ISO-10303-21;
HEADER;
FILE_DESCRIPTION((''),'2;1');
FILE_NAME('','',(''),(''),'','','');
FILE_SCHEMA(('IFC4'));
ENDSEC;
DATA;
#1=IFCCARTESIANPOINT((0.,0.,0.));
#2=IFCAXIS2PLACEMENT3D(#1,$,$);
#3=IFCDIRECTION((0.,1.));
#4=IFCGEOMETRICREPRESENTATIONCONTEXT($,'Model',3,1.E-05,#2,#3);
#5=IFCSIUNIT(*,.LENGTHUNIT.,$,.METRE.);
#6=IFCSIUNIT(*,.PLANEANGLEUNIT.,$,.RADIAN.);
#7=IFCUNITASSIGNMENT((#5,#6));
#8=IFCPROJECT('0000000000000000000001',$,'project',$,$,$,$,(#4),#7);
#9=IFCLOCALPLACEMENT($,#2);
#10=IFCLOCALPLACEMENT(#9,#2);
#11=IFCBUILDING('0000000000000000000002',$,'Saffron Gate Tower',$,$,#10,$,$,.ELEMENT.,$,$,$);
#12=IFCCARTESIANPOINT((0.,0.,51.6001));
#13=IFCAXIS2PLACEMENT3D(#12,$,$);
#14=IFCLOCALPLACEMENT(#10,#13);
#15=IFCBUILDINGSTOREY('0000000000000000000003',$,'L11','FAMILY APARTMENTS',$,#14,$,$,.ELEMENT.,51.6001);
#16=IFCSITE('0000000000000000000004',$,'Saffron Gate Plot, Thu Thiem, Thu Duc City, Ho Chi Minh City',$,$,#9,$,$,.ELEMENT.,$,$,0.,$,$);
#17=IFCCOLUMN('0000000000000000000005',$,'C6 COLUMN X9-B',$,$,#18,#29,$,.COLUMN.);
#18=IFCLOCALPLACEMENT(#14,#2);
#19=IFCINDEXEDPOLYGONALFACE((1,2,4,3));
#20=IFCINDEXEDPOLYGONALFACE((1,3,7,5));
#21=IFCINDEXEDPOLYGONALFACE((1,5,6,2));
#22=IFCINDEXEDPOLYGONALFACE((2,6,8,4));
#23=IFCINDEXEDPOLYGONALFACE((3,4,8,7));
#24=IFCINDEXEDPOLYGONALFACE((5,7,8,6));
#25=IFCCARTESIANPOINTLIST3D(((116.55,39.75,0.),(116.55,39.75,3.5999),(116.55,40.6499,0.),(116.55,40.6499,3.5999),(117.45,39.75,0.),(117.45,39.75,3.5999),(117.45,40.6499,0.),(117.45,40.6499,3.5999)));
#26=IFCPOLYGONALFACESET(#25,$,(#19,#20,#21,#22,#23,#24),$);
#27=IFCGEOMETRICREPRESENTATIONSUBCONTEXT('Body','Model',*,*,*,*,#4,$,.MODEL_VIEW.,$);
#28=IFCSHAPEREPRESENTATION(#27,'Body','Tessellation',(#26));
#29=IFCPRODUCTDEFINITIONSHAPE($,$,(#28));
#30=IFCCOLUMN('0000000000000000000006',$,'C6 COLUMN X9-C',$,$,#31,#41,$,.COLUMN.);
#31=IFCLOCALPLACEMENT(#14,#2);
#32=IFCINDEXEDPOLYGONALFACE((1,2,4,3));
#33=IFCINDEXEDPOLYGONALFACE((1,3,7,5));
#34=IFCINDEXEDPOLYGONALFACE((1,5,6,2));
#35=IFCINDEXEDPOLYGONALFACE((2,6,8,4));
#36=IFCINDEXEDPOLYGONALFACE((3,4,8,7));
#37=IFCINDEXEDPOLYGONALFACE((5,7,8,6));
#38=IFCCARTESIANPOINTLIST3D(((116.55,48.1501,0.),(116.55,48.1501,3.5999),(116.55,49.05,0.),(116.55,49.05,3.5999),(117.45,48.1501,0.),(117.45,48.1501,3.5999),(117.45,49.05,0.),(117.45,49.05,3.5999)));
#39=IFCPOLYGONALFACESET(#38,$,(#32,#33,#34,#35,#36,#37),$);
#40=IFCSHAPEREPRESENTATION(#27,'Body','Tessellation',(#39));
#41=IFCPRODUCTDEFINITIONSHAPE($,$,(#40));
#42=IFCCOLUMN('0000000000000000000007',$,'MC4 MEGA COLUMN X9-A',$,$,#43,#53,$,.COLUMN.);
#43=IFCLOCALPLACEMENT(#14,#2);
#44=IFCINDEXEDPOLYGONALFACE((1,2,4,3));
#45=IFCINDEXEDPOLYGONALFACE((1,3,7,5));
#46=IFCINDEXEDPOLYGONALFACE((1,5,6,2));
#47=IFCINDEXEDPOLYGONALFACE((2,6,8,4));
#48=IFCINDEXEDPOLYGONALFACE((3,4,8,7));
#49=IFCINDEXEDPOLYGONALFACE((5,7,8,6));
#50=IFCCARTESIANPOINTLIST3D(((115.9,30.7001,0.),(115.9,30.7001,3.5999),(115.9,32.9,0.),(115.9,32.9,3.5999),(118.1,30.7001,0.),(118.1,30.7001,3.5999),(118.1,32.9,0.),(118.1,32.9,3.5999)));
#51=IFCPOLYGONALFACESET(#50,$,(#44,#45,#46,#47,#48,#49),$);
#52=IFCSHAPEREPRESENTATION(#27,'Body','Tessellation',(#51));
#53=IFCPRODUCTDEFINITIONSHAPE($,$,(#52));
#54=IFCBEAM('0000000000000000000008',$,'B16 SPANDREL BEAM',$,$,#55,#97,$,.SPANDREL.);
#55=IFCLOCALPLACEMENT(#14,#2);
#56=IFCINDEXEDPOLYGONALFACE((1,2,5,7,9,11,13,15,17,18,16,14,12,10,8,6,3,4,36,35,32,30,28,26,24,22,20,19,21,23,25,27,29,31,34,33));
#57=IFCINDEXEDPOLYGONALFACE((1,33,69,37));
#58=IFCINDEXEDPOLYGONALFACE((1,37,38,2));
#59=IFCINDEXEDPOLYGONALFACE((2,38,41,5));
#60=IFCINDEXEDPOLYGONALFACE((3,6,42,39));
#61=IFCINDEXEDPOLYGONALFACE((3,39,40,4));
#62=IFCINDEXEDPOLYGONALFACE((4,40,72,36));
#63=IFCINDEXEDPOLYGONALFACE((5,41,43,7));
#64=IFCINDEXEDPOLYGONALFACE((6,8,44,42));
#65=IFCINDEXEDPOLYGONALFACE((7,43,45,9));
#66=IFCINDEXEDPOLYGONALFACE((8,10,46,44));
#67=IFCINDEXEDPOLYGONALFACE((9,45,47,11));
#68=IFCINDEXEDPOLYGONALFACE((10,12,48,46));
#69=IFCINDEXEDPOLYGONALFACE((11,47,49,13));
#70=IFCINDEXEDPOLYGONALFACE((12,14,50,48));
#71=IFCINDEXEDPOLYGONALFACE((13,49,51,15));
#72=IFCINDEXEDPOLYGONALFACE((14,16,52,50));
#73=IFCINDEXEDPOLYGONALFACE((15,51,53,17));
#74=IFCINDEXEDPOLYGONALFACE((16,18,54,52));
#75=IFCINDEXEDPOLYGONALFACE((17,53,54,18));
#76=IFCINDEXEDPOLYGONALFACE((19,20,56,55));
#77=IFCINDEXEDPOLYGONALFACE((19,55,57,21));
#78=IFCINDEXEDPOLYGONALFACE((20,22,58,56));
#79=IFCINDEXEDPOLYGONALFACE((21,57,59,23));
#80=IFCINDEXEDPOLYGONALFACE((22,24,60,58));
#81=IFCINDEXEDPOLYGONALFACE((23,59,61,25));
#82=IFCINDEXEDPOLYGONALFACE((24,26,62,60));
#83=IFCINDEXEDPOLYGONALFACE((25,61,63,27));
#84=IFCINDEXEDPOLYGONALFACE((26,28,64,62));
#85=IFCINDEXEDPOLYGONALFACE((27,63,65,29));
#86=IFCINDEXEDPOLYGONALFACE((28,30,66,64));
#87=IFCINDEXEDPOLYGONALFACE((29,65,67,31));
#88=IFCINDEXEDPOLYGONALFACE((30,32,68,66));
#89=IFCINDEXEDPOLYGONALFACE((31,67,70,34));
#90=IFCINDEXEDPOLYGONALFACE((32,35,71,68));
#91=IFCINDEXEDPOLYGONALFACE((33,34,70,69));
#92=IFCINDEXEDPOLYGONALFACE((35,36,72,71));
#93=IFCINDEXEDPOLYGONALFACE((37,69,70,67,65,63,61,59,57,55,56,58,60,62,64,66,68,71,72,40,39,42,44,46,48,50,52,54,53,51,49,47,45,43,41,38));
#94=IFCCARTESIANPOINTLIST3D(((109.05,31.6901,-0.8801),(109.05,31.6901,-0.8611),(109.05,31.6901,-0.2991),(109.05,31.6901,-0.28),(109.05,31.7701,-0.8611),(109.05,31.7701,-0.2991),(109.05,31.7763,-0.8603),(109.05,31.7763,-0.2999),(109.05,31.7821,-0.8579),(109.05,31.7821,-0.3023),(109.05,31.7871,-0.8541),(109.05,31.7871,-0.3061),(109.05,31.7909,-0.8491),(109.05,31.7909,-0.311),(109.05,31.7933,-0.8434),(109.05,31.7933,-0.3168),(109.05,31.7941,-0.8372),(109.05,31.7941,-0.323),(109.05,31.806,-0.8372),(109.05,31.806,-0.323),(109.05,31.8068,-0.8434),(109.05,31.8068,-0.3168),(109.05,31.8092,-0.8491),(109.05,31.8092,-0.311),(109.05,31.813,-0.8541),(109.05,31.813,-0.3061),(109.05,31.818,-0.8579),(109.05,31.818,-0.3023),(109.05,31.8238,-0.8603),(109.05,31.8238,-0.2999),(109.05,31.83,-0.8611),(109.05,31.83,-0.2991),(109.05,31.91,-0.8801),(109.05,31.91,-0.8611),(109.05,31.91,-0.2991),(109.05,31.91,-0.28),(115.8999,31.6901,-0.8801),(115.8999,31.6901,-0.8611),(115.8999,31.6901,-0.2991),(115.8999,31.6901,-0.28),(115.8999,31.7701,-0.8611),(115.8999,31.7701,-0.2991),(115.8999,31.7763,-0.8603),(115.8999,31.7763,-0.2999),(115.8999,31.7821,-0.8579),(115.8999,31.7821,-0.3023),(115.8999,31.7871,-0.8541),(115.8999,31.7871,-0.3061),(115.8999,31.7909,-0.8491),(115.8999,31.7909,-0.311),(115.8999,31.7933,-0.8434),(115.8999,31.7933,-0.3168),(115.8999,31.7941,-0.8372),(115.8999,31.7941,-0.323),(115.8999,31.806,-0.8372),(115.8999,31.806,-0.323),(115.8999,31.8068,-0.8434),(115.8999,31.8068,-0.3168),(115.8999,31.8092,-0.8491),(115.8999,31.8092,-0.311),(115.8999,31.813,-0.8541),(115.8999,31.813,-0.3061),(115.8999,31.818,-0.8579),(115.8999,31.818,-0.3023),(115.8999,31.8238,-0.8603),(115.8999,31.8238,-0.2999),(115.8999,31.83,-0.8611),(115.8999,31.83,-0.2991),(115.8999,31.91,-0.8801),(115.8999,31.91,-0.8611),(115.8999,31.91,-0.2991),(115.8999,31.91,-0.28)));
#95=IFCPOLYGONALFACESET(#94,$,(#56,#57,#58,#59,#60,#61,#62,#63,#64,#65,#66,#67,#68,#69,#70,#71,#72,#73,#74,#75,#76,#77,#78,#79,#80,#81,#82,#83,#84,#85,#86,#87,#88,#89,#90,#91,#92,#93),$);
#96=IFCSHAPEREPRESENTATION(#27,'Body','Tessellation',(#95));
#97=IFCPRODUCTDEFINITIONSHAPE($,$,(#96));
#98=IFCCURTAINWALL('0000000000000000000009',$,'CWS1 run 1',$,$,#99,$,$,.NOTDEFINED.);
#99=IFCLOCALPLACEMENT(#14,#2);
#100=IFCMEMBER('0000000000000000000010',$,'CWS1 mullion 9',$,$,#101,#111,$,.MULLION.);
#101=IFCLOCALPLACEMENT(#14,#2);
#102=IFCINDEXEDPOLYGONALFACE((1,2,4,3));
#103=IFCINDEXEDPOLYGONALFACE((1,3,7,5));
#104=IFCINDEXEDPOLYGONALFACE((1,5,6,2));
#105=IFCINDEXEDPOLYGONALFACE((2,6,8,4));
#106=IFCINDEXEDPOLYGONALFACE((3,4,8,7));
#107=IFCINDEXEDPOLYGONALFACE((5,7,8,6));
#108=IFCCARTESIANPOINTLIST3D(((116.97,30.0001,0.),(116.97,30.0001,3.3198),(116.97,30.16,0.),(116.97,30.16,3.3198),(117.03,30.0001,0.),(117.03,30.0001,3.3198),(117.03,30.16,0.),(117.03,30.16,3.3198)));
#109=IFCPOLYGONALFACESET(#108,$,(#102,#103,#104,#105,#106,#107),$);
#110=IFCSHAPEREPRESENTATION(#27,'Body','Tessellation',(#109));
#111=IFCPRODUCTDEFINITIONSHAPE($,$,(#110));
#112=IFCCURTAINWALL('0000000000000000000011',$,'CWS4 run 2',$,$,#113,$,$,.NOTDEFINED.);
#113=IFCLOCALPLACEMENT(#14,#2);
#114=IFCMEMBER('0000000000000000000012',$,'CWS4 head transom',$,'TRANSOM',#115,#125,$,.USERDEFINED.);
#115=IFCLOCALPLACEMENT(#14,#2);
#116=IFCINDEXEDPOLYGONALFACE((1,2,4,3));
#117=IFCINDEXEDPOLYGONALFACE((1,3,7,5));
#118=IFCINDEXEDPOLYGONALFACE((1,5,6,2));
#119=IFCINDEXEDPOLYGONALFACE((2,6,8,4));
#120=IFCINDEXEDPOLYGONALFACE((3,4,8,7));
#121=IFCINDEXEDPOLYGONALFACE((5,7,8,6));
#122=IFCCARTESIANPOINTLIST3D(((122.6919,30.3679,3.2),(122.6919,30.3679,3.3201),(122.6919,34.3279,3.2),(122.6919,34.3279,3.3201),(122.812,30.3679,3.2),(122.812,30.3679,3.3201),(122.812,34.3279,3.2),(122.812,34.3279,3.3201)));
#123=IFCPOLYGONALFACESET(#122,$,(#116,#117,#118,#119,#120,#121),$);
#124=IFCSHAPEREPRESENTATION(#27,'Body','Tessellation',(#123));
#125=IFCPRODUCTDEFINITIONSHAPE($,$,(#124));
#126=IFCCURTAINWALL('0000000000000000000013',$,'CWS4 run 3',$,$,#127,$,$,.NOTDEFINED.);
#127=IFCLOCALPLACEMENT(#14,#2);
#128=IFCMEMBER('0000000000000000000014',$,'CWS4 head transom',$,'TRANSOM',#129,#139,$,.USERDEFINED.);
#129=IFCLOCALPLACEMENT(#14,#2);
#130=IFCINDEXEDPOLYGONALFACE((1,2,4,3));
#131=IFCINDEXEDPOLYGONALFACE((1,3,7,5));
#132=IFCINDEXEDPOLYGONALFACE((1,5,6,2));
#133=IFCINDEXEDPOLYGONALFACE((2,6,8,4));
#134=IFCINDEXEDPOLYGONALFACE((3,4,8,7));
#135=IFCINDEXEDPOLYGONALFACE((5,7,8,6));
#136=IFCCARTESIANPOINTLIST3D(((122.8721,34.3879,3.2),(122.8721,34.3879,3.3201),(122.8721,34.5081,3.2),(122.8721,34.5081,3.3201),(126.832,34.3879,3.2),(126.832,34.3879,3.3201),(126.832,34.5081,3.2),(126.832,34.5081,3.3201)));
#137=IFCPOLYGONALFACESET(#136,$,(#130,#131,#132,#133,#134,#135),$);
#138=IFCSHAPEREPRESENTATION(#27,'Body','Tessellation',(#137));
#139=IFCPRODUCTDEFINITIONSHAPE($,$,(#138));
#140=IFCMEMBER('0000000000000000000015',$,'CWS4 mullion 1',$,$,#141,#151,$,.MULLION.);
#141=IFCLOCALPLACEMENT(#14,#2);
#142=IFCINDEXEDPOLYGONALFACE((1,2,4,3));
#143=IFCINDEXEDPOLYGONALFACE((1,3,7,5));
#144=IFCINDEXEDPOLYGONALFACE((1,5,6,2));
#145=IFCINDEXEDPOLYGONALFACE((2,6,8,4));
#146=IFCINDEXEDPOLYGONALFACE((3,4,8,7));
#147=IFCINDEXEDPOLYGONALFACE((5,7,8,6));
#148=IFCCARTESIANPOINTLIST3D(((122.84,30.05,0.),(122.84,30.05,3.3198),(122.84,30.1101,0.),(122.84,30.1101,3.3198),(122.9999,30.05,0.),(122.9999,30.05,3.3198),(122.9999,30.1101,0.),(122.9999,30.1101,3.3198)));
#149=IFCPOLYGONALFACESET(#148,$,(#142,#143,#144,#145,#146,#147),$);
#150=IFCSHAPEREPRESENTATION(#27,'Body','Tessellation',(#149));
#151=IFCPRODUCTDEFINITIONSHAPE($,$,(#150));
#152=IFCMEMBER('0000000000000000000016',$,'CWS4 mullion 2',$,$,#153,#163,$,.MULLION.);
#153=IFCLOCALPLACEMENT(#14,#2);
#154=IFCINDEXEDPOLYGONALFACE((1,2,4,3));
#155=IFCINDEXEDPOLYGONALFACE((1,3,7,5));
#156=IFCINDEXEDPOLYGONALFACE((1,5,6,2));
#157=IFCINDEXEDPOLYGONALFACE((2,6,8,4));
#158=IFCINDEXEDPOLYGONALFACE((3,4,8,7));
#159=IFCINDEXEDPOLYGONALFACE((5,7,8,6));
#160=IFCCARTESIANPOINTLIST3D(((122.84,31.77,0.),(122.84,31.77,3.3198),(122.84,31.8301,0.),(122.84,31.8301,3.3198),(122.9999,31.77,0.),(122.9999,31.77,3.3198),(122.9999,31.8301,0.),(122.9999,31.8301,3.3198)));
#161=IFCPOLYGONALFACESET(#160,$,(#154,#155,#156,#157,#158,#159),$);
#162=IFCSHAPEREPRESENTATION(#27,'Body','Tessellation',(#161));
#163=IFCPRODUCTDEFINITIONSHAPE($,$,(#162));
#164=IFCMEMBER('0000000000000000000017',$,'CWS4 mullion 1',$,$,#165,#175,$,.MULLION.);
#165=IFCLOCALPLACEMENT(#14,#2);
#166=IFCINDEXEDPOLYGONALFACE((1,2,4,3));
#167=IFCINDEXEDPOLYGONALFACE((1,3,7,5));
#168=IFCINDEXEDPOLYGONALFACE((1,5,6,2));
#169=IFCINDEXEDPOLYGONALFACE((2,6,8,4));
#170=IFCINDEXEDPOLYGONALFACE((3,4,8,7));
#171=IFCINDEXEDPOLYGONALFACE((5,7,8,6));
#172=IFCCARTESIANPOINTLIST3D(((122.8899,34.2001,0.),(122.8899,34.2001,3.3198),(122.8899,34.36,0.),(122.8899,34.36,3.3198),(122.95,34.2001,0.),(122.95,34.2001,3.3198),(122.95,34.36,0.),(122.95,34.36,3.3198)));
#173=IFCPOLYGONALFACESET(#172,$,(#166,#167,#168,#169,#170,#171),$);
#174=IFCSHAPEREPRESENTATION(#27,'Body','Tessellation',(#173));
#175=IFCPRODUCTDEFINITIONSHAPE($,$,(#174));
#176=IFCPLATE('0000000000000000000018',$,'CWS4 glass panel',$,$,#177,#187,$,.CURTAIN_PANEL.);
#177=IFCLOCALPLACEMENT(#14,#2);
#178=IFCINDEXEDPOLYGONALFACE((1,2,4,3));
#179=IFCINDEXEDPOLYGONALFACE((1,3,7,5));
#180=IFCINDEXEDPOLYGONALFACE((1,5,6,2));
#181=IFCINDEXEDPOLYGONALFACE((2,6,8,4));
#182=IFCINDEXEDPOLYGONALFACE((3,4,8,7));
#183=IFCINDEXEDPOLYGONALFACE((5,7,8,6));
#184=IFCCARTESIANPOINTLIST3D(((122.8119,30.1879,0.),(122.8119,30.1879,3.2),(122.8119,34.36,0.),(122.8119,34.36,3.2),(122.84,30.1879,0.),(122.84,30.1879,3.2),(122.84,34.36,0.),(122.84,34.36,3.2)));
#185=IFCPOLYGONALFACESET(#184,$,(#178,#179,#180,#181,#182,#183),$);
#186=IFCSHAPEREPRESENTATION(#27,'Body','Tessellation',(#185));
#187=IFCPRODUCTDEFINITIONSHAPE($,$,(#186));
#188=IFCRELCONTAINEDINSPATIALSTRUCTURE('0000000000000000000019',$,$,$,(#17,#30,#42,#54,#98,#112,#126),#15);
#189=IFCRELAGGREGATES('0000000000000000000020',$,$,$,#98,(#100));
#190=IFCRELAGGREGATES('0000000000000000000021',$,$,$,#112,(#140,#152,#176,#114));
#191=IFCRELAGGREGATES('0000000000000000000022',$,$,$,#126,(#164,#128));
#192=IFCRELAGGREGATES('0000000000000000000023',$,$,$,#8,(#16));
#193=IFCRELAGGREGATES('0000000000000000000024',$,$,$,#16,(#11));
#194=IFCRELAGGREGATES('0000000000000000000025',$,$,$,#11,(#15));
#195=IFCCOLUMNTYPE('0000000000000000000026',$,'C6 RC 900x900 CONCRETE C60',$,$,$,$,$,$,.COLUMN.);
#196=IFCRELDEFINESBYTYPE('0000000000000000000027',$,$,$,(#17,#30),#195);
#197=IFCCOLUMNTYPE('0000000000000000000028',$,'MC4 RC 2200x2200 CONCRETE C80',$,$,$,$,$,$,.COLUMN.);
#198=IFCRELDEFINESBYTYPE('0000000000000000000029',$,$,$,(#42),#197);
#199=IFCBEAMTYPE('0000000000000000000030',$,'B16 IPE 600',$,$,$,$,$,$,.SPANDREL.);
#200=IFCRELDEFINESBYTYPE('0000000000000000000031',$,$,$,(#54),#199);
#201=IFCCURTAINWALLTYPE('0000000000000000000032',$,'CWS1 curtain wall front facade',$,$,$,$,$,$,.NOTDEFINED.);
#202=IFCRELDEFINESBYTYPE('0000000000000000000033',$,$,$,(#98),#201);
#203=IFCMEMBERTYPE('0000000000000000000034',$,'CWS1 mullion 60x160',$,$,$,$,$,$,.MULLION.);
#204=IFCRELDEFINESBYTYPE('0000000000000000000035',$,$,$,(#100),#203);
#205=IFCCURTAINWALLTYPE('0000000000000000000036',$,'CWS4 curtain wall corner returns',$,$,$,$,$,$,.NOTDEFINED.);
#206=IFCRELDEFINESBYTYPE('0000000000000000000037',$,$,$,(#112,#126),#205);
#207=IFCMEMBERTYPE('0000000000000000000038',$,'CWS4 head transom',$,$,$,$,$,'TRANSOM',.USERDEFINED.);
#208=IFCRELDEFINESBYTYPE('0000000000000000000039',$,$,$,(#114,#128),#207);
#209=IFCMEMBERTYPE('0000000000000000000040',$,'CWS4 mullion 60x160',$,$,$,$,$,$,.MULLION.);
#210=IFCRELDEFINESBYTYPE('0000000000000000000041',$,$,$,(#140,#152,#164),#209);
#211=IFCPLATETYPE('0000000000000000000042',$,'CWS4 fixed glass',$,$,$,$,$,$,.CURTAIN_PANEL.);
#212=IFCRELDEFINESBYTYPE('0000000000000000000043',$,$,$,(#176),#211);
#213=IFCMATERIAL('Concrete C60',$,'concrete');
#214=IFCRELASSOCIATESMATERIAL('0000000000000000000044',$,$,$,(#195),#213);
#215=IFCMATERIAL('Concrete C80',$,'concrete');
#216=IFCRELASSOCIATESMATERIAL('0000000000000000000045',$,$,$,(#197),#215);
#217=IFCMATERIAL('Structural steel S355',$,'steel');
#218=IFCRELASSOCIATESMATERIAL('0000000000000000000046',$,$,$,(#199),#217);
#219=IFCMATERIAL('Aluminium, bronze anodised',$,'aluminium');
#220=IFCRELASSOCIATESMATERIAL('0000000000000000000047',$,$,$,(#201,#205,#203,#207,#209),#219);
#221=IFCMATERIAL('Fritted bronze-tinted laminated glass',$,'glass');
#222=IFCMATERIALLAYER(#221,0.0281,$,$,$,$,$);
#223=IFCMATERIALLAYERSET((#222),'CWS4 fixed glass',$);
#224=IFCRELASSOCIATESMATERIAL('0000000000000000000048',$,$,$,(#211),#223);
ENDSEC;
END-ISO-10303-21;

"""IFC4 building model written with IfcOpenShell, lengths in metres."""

from ifc_helpers import new_model, si_unit, direction, frame, frame_2d, origin, origin_2d, place, context, subcontext, project, spatial, rectangle, i_section, extrude, material, layer, layer_set, material_profile, profile_set, type_object, element, aggregate, save


model = new_model("IFC4")

# Units and contexts
model_context = context("Model", 3, precision=1e-05, world=origin(), true_north=direction((0.0, 1.0)))
body_context = subcontext(model_context, "Body", "Model", "MODEL_VIEW")
ifc_project = project(units=[si_unit("LENGTHUNIT", "METRE"), si_unit("PLANEANGLEUNIT", "RADIAN")], contexts=[model_context])

# Site, building, storey
site_placement = place(None, origin())
site = spatial("IfcSite", under=ifc_project, at=site_placement, Name="Saffron Gate Plot, Thu Thiem, Thu Duc City, Ho Chi Minh City", CompositionType="ELEMENT", RefElevation=0.0)
building_placement = place(site_placement, origin())
building = spatial("IfcBuilding", under=site, at=building_placement, Name="Saffron Gate Tower", CompositionType="ELEMENT")
storey_placement = place(building_placement, frame((0.0, 0.0, 51.6001)))
storey = spatial("IfcBuildingStorey", under=building, at=storey_placement, Name="L11", Description="FAMILY APARTMENTS", CompositionType="ELEMENT", Elevation=51.6001)

# Columns
ifc_material_1 = material(Name="Concrete C60", Category="concrete")
ifc_material_profile_1 = material_profile(ifc_material_1, rectangle(XDim=0.8999, YDim=0.8999, at=origin_2d()))
ifc_profile_set_1 = profile_set([ifc_material_profile_1], Name="Concrete C60")
column_type_1 = type_object("IfcColumnType", Name="C6 RC 900x900 CONCRETE C60", PredefinedType="COLUMN", material=ifc_profile_set_1)
for number, where, z_axis, x_axis, name in (
    (1, (117.0, 40.2, 0.0), (0.0, 0.0, 1.0), (1.0, 0.0, 0.0), "C6 COLUMN X9-B"),
    (2, (117.0, 48.6001, 0.0), (0.0, 0.0, 1.0), (1.0, 0.0, 0.0), "C6 COLUMN X9-C"),
):
    element("IfcColumn", number, at=place(storey_placement, frame(where, z_axis=z_axis, x_axis=x_axis)), inside=storey, type_object=column_type_1, Name=name, PredefinedType="COLUMN", context=body_context, shape_type="SweptSolid", body=[
        extrude(rectangle(XDim=0.8999, YDim=0.8999, at=origin_2d()), origin(), (0.0, 0.0, 1.0), 3.5999),
    ])
ifc_material_2 = material(Name="Concrete C80", Category="concrete")
ifc_material_profile_2 = material_profile(ifc_material_2, rectangle(XDim=2.2, YDim=2.2, at=origin_2d()))
ifc_profile_set_2 = profile_set([ifc_material_profile_2], Name="Concrete C80")
column_type_2 = type_object("IfcColumnType", Name="MC4 RC 2200x2200 CONCRETE C80", PredefinedType="COLUMN", material=ifc_profile_set_2)
column_placement = place(storey_placement, frame((117.0, 31.8, 0.0), z_axis=(0.0, 0.0, 1.0), x_axis=(1.0, 0.0, 0.0)))
element("IfcColumn", 3, at=column_placement, inside=storey, type_object=column_type_2, Name="MC4 MEGA COLUMN X9-A", PredefinedType="COLUMN", context=body_context, shape_type="SweptSolid", body=[
    extrude(rectangle(XDim=2.2, YDim=2.2, at=origin_2d()), origin(), (0.0, 0.0, 1.0), 3.5999),
])

# Beam
ifc_material_3 = material(Name="Structural steel S355", Category="steel")
ifc_material_profile_3 = material_profile(ifc_material_3, i_section(OverallWidth=0.22, OverallDepth=0.6001, WebThickness=0.012, FlangeThickness=0.019, FilletRadius=0.0239, at=origin_2d()))
ifc_profile_set_3 = profile_set([ifc_material_profile_3], Name="Structural steel S355")
beam_type = type_object("IfcBeamType", Name="B16 IPE 600", PredefinedType="SPANDREL", material=ifc_profile_set_3)
beam_placement = place(storey_placement, frame((109.05, 31.8, -0.5801), z_axis=(1.0, 0.0, 0.0), x_axis=(0.0, 1.0, 0.0)))
element("IfcBeam", 4, at=beam_placement, inside=storey, type_object=beam_type, Name="B16 SPANDREL BEAM", PredefinedType="SPANDREL", context=body_context, shape_type="SweptSolid", body=[
    extrude(i_section(OverallWidth=0.22, OverallDepth=0.6001, WebThickness=0.012, FlangeThickness=0.019, FilletRadius=0.0239, at=origin_2d()), origin(), (0.0, 0.0, 1.0), 6.8499),
])

# Curtain walls, members
ifc_material_4 = material(Name="Aluminium, bronze anodised", Category="aluminium")
curtain_wall_type_1 = type_object("IfcCurtainWallType", Name="CWS1 curtain wall front facade", PredefinedType="NOTDEFINED", material=ifc_material_4)
curtain_wall_1_placement = place(storey_placement, origin())
curtain_wall_1 = element("IfcCurtainWall", 5, at=curtain_wall_1_placement, inside=storey, type_object=curtain_wall_type_1, Name="CWS1 run 1", PredefinedType="NOTDEFINED")
ifc_material_profile_4 = material_profile(ifc_material_4, rectangle(XDim=0.1599, YDim=0.0601, at=origin_2d()))
ifc_profile_set_4 = profile_set([ifc_material_profile_4], Name="Aluminium, bronze anodised")
member_type_1 = type_object("IfcMemberType", Name="CWS1 mullion 60x160", PredefinedType="MULLION", material=ifc_profile_set_4)
member_1_placement = place(storey_placement, frame((117.0, 30.0801, 0.0), z_axis=(0.0, 0.0, 1.0), x_axis=(0.0, 1.0, 0.0)))
member_1 = element("IfcMember", 6, at=member_1_placement, type_object=member_type_1, Name="CWS1 mullion 9", PredefinedType="MULLION", context=body_context, shape_type="SweptSolid", body=[
    extrude(rectangle(XDim=0.1599, YDim=0.0601, at=origin_2d()), origin(), (0.0, 0.0, 1.0), 3.3198),
])
aggregate(curtain_wall_1, [member_1])
curtain_wall_type_2 = type_object("IfcCurtainWallType", Name="CWS4 curtain wall corner returns", PredefinedType="NOTDEFINED", material=ifc_material_4)
curtain_wall_2_placement = place(storey_placement, origin())
curtain_wall_2 = element("IfcCurtainWall", 7, at=curtain_wall_2_placement, inside=storey, type_object=curtain_wall_type_2, Name="CWS4 run 2", PredefinedType="NOTDEFINED")
ifc_material_profile_5 = material_profile(ifc_material_4, rectangle(XDim=0.1201, YDim=0.1201, at=origin_2d()))
ifc_profile_set_5 = profile_set([ifc_material_profile_5], Name="Aluminium, bronze anodised")
member_type_2 = type_object("IfcMemberType", Name="CWS4 head transom", ElementType="TRANSOM", PredefinedType="USERDEFINED", material=ifc_profile_set_5)
member_2_placement = place(storey_placement, frame((122.752, 30.3679, 3.26), z_axis=(0.0, 1.0, 0.0), x_axis=(-1.0, 0.0, 0.0)))
member_2 = element("IfcMember", 8, at=member_2_placement, type_object=member_type_2, Name="CWS4 head transom", ObjectType="TRANSOM", PredefinedType="USERDEFINED", context=body_context, shape_type="SweptSolid", body=[
    extrude(rectangle(XDim=0.1201, YDim=0.1201, at=origin_2d()), origin(), (0.0, 0.0, 1.0), 3.96),
])
curtain_wall_3_placement = place(storey_placement, origin())
curtain_wall_3 = element("IfcCurtainWall", 9, at=curtain_wall_3_placement, inside=storey, type_object=curtain_wall_type_2, Name="CWS4 run 3", PredefinedType="NOTDEFINED")
member_3_placement = place(storey_placement, frame((122.8721, 34.448, 3.26), z_axis=(1.0, 0.0, 0.0), x_axis=(0.0, 1.0, 0.0)))
member_3 = element("IfcMember", 10, at=member_3_placement, type_object=member_type_2, Name="CWS4 head transom", ObjectType="TRANSOM", PredefinedType="USERDEFINED", context=body_context, shape_type="SweptSolid", body=[
    extrude(rectangle(XDim=0.1201, YDim=0.1201, at=origin_2d()), origin(), (0.0, 0.0, 1.0), 3.96),
])

# Members
ifc_material_profile_6 = material_profile(ifc_material_4, rectangle(XDim=0.1599, YDim=0.0601, at=origin_2d()))
ifc_profile_set_6 = profile_set([ifc_material_profile_6], Name="Aluminium, bronze anodised")
member_type_3 = type_object("IfcMemberType", Name="CWS4 mullion 60x160", PredefinedType="MULLION", material=ifc_profile_set_6)
member_4_placement = place(storey_placement, frame((122.9199, 30.0801, 0.0), z_axis=(0.0, 0.0, 1.0), x_axis=(-1.0, 0.0, 0.0)))
member_4 = element("IfcMember", 11, at=member_4_placement, type_object=member_type_3, Name="CWS4 mullion 1", PredefinedType="MULLION", context=body_context, shape_type="SweptSolid", body=[
    extrude(rectangle(XDim=0.1599, YDim=0.0601, at=origin_2d()), origin(), (0.0, 0.0, 1.0), 3.3198),
])
member_5_placement = place(storey_placement, frame((122.9199, 31.8, 0.0), z_axis=(0.0, 0.0, 1.0), x_axis=(-1.0, 0.0, 0.0)))
member_5 = element("IfcMember", 12, at=member_5_placement, type_object=member_type_3, Name="CWS4 mullion 2", PredefinedType="MULLION", context=body_context, shape_type="SweptSolid", body=[
    extrude(rectangle(XDim=0.1599, YDim=0.0601, at=origin_2d()), origin(), (0.0, 0.0, 1.0), 3.3198),
])
member_6_placement = place(storey_placement, frame((122.9199, 34.28, 0.0), z_axis=(0.0, 0.0, 1.0), x_axis=(0.0, 1.0, 0.0)))
member_6 = element("IfcMember", 13, at=member_6_placement, type_object=member_type_3, Name="CWS4 mullion 1", PredefinedType="MULLION", context=body_context, shape_type="SweptSolid", body=[
    extrude(rectangle(XDim=0.1599, YDim=0.0601, at=origin_2d()), origin(), (0.0, 0.0, 1.0), 3.3198),
])

# Plate
ifc_material_5 = material(Name="Fritted bronze-tinted laminated glass", Category="glass")
ifc_layer_1 = layer(ifc_material_5, 0.0281)
ifc_layer_set_1 = layer_set([ifc_layer_1], Name="CWS4 fixed glass")
plate_type = type_object("IfcPlateType", Name="CWS4 fixed glass", PredefinedType="CURTAIN_PANEL", material=ifc_layer_set_1)
plate_1_placement = place(storey_placement, frame((122.8259, 30.188, 0.0), z_axis=(0.0, 0.0, 1.0), x_axis=(0.0, 1.0, 0.0)))
plate_1 = element("IfcPlate", 14, at=plate_1_placement, type_object=plate_type, Name="CWS4 glass panel", PredefinedType="CURTAIN_PANEL", context=body_context, shape_type="SweptSolid", body=[
    extrude(rectangle(XDim=4.1721, YDim=0.0281, at=frame_2d((2.0859, 0.0))), origin(), (0.0, 0.0, 1.0), 3.2),
])
aggregate(curtain_wall_2, [member_4, member_5, plate_1, member_2])
aggregate(curtain_wall_3, [member_6, member_3])

save(model, "model.ifc")
